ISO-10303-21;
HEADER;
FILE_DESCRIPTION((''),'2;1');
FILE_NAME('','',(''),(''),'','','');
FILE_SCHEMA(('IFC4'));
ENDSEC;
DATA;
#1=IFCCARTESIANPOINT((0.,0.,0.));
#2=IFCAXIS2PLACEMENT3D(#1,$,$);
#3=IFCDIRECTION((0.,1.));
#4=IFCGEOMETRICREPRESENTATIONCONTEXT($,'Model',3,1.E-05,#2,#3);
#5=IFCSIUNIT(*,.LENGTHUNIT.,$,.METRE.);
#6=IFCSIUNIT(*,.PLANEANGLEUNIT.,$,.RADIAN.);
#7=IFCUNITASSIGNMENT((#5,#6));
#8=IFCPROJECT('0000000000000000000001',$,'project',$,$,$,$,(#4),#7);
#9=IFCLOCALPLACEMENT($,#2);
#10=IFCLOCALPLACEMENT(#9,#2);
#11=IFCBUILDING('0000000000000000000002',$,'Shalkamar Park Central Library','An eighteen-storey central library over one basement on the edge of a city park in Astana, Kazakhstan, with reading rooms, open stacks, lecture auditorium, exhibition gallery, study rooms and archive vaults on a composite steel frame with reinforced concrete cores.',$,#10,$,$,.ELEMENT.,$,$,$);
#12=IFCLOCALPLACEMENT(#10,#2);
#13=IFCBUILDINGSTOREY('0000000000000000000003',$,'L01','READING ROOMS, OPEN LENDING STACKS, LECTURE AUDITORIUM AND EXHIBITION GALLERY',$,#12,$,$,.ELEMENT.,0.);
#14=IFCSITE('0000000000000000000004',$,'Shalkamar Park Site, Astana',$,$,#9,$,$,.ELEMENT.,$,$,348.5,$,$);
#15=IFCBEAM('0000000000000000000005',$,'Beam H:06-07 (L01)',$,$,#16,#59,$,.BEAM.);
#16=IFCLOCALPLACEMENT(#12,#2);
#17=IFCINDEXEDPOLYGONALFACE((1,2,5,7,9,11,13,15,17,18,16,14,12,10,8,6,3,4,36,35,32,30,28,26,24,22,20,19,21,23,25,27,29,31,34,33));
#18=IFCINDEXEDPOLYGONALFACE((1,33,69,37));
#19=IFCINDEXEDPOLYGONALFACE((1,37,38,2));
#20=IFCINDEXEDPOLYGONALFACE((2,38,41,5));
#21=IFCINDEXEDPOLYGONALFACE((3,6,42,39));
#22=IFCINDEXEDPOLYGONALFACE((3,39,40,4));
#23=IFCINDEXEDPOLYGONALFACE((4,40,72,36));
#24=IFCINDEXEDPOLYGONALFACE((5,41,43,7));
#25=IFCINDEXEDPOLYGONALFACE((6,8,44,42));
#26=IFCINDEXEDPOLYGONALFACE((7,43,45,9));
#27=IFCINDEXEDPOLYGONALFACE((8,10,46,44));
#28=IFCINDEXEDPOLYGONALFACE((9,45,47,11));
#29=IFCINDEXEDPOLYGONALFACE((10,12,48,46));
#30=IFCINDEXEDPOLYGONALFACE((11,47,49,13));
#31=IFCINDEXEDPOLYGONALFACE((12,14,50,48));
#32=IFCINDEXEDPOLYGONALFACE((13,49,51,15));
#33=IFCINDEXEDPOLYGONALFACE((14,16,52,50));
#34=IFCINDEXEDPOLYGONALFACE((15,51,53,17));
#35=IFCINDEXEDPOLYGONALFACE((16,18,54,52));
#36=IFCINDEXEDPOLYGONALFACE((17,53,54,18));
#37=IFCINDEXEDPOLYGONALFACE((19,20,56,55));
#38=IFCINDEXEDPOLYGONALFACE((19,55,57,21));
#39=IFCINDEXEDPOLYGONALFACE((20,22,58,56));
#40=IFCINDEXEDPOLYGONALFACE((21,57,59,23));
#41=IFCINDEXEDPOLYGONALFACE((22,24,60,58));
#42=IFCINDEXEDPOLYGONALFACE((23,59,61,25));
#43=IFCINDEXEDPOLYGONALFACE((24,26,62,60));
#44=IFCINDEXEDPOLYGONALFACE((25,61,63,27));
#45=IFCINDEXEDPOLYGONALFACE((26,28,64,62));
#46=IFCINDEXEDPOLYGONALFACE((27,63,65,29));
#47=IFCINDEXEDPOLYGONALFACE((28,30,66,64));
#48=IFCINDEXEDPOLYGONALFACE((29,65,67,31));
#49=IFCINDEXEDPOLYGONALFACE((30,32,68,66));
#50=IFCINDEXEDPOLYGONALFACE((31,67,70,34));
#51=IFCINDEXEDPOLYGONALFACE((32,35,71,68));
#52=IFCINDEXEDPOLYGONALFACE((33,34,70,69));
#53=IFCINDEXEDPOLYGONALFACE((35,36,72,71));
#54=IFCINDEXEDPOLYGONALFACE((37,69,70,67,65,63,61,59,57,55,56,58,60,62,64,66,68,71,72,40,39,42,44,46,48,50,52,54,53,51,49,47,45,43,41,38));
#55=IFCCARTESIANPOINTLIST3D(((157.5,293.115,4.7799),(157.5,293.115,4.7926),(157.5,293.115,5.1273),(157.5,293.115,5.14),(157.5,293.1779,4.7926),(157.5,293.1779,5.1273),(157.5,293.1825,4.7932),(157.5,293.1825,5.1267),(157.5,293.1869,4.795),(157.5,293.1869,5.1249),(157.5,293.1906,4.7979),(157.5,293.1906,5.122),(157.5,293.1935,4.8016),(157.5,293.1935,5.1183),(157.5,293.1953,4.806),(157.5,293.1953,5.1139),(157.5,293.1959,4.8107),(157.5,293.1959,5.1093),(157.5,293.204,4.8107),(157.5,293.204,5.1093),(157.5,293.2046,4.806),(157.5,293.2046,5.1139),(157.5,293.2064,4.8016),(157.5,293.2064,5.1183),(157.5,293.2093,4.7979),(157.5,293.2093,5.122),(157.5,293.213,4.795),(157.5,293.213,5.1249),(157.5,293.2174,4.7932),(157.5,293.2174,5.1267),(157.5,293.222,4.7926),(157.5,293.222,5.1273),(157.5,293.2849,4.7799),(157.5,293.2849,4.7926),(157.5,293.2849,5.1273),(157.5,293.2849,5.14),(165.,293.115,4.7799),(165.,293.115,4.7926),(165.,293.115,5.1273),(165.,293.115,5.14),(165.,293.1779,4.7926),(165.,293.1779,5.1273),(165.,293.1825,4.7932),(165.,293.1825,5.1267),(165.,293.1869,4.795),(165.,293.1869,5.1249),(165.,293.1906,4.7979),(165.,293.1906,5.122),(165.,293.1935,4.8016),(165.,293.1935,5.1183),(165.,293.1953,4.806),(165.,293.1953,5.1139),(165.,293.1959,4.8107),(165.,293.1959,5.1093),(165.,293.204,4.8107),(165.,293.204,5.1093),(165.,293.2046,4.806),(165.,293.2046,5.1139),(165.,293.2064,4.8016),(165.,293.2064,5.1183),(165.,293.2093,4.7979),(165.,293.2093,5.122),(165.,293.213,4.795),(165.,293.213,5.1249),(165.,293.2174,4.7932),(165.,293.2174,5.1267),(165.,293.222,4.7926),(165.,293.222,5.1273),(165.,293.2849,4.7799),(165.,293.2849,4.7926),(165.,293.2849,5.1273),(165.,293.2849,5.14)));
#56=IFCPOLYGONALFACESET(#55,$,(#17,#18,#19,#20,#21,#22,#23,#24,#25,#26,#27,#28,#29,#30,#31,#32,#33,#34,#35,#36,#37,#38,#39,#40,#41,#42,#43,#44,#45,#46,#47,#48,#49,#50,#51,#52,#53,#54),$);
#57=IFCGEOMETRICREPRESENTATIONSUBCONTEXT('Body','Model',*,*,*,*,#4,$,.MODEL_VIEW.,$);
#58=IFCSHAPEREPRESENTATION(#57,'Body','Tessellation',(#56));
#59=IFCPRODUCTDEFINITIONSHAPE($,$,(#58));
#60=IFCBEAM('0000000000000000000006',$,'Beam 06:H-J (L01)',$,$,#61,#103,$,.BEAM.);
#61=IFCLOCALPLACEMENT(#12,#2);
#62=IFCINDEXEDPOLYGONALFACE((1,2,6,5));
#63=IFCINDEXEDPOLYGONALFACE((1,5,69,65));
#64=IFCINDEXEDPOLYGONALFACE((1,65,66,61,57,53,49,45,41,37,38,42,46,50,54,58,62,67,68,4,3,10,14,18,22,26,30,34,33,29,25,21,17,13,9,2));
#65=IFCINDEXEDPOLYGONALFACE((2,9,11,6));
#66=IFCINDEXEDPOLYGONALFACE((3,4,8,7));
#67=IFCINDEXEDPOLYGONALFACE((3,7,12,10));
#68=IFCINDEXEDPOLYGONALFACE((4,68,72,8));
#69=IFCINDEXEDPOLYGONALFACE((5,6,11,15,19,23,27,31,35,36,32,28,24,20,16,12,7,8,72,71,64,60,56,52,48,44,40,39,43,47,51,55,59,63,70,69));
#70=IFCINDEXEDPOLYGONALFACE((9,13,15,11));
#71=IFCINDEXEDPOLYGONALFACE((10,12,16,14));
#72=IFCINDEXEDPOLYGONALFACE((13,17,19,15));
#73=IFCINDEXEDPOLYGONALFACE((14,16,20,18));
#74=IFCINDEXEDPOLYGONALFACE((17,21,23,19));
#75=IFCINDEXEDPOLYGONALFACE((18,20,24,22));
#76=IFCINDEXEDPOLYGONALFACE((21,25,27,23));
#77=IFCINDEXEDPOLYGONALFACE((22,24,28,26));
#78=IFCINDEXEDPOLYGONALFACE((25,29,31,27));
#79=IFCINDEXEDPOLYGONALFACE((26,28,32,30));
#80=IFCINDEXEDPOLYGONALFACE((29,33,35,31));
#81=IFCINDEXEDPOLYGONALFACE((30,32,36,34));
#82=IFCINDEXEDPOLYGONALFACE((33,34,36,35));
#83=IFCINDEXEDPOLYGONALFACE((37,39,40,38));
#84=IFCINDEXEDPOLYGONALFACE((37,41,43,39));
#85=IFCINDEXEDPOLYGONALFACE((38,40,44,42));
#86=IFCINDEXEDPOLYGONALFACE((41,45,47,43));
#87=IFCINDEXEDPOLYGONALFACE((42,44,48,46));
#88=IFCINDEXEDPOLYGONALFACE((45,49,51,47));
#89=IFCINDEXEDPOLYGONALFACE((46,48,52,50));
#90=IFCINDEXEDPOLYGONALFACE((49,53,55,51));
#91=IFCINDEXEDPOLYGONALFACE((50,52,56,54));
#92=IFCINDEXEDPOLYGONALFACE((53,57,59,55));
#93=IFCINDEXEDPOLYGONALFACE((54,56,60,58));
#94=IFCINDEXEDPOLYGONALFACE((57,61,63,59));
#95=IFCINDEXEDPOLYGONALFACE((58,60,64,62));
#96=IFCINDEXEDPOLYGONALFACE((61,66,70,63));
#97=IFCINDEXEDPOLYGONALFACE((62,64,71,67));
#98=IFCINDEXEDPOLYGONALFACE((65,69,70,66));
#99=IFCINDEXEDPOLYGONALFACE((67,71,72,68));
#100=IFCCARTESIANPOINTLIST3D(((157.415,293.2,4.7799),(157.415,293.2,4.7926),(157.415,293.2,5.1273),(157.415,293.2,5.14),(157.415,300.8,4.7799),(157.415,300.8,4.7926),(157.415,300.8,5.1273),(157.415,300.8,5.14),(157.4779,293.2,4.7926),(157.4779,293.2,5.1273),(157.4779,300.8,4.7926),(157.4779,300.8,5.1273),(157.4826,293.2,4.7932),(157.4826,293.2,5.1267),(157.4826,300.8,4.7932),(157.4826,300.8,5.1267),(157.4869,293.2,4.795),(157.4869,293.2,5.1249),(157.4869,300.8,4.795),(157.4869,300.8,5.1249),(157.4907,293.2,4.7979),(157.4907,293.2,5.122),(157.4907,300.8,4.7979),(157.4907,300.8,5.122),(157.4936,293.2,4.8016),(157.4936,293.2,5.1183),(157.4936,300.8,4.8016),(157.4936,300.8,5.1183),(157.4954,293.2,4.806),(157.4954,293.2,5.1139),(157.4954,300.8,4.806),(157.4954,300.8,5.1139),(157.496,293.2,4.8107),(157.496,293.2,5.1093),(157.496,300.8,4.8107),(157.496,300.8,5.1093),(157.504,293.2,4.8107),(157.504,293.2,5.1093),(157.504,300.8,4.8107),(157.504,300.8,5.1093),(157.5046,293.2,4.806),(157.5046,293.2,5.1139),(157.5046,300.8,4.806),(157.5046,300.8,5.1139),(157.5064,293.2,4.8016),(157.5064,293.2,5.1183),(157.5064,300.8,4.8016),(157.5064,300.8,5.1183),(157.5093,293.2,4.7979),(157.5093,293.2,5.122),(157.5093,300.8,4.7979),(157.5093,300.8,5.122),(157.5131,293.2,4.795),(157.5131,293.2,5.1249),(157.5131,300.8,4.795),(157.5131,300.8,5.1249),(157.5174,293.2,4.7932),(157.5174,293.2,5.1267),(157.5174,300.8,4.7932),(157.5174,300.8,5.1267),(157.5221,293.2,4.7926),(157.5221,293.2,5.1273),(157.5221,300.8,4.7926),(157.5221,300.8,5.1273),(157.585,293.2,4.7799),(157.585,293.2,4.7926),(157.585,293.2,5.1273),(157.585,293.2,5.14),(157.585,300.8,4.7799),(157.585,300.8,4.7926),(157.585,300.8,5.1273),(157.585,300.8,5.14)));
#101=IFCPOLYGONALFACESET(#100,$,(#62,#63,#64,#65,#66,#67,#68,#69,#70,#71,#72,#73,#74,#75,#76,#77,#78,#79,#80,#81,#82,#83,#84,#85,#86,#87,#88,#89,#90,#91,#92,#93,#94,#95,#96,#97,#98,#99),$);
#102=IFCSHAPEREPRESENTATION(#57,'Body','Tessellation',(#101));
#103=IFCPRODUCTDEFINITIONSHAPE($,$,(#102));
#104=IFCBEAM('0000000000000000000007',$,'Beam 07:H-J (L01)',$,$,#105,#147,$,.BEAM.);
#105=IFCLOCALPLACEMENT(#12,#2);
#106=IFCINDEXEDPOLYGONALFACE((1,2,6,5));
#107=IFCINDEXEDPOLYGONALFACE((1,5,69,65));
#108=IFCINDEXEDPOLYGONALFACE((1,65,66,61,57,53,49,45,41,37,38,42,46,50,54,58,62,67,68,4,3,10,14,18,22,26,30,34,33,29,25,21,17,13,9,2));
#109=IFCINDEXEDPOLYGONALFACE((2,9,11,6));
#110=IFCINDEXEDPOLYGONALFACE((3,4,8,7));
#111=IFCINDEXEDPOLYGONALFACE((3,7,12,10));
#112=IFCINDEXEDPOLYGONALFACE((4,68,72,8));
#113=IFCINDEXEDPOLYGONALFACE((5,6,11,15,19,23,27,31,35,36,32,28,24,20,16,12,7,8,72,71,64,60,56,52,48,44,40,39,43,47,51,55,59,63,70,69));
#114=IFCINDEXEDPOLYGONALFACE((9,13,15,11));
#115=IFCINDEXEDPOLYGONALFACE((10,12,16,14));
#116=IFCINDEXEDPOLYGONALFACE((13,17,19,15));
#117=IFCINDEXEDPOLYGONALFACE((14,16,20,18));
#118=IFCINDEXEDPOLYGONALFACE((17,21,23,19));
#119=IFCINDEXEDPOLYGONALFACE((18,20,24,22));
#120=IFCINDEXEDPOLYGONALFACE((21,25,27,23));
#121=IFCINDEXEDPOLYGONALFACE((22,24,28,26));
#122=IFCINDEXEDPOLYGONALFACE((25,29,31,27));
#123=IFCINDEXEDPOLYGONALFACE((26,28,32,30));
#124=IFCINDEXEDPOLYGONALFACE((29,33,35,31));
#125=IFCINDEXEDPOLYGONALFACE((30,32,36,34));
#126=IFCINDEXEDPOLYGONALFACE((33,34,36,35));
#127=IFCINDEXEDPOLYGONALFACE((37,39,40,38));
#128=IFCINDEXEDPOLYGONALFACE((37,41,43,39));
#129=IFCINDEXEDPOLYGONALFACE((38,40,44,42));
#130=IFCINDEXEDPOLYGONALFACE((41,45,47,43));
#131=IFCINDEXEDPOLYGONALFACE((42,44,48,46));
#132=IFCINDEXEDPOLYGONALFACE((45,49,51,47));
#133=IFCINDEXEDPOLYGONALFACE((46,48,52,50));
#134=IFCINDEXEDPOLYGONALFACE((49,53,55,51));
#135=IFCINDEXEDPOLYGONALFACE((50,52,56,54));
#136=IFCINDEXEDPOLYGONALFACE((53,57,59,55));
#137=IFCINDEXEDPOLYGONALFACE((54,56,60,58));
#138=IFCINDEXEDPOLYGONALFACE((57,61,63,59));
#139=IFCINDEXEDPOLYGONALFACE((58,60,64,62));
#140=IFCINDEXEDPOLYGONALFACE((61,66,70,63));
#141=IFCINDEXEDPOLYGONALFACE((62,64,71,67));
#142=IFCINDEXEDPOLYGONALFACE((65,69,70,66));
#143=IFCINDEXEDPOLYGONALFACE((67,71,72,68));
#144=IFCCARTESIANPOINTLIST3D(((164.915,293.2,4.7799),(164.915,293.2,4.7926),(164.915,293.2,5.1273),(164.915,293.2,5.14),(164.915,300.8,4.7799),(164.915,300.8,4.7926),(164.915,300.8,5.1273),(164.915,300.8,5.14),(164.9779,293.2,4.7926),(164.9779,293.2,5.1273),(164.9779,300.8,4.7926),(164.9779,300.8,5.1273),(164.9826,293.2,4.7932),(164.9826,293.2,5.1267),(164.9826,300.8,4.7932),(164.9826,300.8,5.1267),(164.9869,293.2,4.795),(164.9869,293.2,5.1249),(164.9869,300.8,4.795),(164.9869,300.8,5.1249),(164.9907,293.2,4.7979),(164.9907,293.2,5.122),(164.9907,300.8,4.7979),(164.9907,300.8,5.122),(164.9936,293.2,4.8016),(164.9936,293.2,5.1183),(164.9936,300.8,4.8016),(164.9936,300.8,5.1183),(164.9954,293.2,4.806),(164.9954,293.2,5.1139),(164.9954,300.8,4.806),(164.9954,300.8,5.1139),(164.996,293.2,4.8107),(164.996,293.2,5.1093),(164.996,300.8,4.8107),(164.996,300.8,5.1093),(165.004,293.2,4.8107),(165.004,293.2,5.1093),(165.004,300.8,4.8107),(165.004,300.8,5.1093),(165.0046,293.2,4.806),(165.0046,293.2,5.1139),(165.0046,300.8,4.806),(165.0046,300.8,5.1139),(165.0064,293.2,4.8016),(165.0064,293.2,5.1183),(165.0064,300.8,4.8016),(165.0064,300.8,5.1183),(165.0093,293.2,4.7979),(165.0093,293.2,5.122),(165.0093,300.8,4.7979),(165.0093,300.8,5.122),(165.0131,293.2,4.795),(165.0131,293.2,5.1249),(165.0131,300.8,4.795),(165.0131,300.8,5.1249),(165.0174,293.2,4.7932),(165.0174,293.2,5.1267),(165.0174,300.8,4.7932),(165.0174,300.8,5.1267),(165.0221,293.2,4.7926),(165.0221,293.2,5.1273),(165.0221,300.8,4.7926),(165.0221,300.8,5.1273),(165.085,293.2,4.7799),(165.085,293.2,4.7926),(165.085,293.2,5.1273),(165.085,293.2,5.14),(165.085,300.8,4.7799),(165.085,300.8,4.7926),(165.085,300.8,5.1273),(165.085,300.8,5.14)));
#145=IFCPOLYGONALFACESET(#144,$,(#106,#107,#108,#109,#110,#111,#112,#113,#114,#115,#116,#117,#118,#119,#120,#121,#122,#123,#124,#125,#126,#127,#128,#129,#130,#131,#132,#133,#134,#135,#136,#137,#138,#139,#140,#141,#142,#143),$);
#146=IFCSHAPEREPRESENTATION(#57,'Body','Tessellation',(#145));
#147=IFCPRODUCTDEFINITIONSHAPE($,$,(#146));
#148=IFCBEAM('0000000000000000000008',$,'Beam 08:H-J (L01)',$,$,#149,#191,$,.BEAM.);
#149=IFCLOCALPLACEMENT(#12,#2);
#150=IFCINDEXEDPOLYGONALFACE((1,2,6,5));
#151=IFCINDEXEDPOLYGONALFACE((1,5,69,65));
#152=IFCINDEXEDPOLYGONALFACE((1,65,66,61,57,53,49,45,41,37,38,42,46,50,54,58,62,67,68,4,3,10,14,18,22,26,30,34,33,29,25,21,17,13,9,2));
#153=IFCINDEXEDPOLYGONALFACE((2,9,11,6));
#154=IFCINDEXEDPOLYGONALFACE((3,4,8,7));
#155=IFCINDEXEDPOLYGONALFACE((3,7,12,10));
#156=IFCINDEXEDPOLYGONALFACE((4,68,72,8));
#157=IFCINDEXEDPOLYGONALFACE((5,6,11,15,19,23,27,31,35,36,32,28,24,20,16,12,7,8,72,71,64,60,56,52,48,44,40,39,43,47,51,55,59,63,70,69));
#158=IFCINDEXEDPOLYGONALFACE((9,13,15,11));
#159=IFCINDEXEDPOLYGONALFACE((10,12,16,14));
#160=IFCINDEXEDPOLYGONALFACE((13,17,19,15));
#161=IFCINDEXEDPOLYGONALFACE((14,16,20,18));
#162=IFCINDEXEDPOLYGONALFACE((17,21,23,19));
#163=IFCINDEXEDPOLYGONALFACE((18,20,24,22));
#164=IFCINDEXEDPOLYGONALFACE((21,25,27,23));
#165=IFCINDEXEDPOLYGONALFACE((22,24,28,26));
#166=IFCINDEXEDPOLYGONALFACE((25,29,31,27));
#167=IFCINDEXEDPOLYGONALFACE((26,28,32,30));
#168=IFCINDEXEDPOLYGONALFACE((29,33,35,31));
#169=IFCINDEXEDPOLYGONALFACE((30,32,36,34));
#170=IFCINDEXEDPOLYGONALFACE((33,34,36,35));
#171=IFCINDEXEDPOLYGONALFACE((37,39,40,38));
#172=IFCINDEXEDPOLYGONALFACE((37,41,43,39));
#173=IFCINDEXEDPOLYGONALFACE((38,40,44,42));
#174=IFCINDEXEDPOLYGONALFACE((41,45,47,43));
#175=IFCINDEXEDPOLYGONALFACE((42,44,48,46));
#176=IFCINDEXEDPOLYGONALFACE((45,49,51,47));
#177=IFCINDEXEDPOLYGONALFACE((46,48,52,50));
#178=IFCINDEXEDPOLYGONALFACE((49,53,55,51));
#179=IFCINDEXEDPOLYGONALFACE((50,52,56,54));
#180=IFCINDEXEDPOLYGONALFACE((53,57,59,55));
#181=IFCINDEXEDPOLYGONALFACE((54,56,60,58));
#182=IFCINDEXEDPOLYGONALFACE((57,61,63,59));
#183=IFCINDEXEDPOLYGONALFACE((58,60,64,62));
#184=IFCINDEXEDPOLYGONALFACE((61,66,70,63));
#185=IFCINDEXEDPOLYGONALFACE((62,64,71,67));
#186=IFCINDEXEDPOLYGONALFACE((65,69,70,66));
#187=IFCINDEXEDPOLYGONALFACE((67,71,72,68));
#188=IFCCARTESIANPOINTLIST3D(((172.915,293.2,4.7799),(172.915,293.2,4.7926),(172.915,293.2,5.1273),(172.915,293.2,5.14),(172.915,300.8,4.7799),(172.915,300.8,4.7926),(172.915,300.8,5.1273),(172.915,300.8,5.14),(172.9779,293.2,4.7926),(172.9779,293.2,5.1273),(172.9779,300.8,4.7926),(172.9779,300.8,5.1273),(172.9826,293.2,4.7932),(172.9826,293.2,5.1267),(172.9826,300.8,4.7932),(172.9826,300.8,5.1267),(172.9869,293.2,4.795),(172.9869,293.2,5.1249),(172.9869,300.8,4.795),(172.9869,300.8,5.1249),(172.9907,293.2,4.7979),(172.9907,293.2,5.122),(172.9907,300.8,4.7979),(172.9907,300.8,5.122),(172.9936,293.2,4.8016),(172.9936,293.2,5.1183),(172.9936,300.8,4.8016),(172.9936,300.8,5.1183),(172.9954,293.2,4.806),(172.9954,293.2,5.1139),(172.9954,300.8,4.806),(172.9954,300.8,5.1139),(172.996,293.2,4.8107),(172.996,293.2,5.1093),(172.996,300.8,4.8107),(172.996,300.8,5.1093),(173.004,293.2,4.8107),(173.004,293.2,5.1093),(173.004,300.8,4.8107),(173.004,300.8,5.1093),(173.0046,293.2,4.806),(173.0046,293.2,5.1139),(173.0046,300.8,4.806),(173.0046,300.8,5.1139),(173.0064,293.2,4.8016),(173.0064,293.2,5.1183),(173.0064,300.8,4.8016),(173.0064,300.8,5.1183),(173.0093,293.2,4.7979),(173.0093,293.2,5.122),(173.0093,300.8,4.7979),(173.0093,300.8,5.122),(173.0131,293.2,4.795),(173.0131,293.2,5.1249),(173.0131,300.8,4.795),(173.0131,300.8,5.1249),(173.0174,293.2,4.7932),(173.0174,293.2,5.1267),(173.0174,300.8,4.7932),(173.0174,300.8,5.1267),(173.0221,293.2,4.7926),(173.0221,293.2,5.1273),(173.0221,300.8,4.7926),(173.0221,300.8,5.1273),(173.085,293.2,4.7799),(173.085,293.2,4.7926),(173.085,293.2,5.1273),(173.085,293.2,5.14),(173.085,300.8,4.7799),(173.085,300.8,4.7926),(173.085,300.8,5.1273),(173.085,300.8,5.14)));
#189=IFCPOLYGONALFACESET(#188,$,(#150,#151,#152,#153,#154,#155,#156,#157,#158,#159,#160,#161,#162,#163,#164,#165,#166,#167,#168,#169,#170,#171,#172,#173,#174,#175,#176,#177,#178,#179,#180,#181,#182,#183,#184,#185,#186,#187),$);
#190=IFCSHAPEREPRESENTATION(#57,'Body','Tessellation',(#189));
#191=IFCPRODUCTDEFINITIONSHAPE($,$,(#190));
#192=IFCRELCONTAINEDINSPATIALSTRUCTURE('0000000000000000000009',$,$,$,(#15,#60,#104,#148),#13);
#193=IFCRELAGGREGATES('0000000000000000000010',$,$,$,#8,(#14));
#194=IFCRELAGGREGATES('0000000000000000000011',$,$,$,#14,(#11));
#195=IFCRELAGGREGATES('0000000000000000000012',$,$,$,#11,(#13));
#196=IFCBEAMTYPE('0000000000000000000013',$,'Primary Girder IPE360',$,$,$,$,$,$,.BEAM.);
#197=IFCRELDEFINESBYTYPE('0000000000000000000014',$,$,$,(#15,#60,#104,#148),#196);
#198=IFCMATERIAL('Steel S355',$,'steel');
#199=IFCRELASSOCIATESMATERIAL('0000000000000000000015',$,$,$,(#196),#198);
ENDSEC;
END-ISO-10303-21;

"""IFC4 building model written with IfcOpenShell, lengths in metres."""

from ifc_helpers import new_model, si_unit, direction, frame, origin, origin_2d, place, context, subcontext, project, spatial, i_section, extrude, material, material_profile, profile_set, type_object, element, save


model = new_model("IFC4")

# Units and contexts
model_context = context("Model", 3, precision=1e-05, world=origin(), true_north=direction((0.0, 1.0)))
body_context = subcontext(model_context, "Body", "Model", "MODEL_VIEW")
ifc_project = project(units=[si_unit("LENGTHUNIT", "METRE"), si_unit("PLANEANGLEUNIT", "RADIAN")], contexts=[model_context])

# Site, building, storey
site_placement = place(None, origin())
site = spatial("IfcSite", under=ifc_project, at=site_placement, Name="Shalkamar Park Site, Astana", CompositionType="ELEMENT", RefElevation=348.5)
building_placement = place(site_placement, origin())
building = spatial("IfcBuilding", under=site, at=building_placement, Name="Shalkamar Park Central Library", Description="An eighteen-storey central library over one basement on the edge of a city park in Astana, Kazakhstan, with reading rooms, open stacks, lecture auditorium, exhibition gallery, study rooms and archive vaults on a composite steel frame with reinforced concrete cores.", CompositionType="ELEMENT")
storey_placement = place(building_placement, origin())
storey = spatial("IfcBuildingStorey", under=building, at=storey_placement, Name="L01", Description="READING ROOMS, OPEN LENDING STACKS, LECTURE AUDITORIUM AND EXHIBITION GALLERY", CompositionType="ELEMENT", Elevation=0.0)

# Shared definitions
ifc_material = material(Name="Steel S355", Category="steel")

# Beams
ifc_material_profile_1 = material_profile(ifc_material, i_section(OverallWidth=0.1699, OverallDepth=0.3601, WebThickness=0.0081, FlangeThickness=0.0127, FilletRadius=0.0181, at=origin_2d()), Name="IPE 360")
ifc_profile_set_1 = profile_set([ifc_material_profile_1], Name="Steel S355")
beam_type_1 = type_object("IfcBeamType", Name="Primary Girder IPE360", PredefinedType="BEAM", material=ifc_profile_set_1)
beam_1_placement = place(storey_placement, frame((157.5, 293.2, 4.96), z_axis=(1.0, 0.0, 0.0), x_axis=(0.0, 1.0, 0.0)))
element("IfcBeam", 1, at=beam_1_placement, inside=storey, type_object=beam_type_1, Name="Beam H:06-07 (L01)", PredefinedType="BEAM", context=body_context, shape_type="SweptSolid", body=[
    extrude(i_section(OverallWidth=0.1699, OverallDepth=0.3601, WebThickness=0.0081, FlangeThickness=0.0127, FilletRadius=0.0181, at=origin_2d()), origin(), (0.0, 0.0, 1.0), 7.5),
])
for number, where, z_axis, x_axis, name in (
    (2, (157.5, 293.2, 4.96), (0.0, 1.0, 0.0), (-1.0, 0.0, 0.0), "Beam 06:H-J (L01)"),
    (3, (165.0, 293.2, 4.96), (0.0, 1.0, 0.0), (-1.0, 0.0, 0.0), "Beam 07:H-J (L01)"),
    (4, (173.0, 293.2, 4.96), (0.0, 1.0, 0.0), (-1.0, 0.0, 0.0), "Beam 08:H-J (L01)"),
):
    element("IfcBeam", number, at=place(storey_placement, frame(where, z_axis=z_axis, x_axis=x_axis)), inside=storey, type_object=beam_type_1, Name=name, PredefinedType="BEAM", context=body_context, shape_type="SweptSolid", body=[
        extrude(i_section(OverallWidth=0.1699, OverallDepth=0.3601, WebThickness=0.0081, FlangeThickness=0.0127, FilletRadius=0.0181, at=origin_2d()), origin(), (0.0, 0.0, 1.0), 7.6001),
    ])

save(model, "model.ifc")
